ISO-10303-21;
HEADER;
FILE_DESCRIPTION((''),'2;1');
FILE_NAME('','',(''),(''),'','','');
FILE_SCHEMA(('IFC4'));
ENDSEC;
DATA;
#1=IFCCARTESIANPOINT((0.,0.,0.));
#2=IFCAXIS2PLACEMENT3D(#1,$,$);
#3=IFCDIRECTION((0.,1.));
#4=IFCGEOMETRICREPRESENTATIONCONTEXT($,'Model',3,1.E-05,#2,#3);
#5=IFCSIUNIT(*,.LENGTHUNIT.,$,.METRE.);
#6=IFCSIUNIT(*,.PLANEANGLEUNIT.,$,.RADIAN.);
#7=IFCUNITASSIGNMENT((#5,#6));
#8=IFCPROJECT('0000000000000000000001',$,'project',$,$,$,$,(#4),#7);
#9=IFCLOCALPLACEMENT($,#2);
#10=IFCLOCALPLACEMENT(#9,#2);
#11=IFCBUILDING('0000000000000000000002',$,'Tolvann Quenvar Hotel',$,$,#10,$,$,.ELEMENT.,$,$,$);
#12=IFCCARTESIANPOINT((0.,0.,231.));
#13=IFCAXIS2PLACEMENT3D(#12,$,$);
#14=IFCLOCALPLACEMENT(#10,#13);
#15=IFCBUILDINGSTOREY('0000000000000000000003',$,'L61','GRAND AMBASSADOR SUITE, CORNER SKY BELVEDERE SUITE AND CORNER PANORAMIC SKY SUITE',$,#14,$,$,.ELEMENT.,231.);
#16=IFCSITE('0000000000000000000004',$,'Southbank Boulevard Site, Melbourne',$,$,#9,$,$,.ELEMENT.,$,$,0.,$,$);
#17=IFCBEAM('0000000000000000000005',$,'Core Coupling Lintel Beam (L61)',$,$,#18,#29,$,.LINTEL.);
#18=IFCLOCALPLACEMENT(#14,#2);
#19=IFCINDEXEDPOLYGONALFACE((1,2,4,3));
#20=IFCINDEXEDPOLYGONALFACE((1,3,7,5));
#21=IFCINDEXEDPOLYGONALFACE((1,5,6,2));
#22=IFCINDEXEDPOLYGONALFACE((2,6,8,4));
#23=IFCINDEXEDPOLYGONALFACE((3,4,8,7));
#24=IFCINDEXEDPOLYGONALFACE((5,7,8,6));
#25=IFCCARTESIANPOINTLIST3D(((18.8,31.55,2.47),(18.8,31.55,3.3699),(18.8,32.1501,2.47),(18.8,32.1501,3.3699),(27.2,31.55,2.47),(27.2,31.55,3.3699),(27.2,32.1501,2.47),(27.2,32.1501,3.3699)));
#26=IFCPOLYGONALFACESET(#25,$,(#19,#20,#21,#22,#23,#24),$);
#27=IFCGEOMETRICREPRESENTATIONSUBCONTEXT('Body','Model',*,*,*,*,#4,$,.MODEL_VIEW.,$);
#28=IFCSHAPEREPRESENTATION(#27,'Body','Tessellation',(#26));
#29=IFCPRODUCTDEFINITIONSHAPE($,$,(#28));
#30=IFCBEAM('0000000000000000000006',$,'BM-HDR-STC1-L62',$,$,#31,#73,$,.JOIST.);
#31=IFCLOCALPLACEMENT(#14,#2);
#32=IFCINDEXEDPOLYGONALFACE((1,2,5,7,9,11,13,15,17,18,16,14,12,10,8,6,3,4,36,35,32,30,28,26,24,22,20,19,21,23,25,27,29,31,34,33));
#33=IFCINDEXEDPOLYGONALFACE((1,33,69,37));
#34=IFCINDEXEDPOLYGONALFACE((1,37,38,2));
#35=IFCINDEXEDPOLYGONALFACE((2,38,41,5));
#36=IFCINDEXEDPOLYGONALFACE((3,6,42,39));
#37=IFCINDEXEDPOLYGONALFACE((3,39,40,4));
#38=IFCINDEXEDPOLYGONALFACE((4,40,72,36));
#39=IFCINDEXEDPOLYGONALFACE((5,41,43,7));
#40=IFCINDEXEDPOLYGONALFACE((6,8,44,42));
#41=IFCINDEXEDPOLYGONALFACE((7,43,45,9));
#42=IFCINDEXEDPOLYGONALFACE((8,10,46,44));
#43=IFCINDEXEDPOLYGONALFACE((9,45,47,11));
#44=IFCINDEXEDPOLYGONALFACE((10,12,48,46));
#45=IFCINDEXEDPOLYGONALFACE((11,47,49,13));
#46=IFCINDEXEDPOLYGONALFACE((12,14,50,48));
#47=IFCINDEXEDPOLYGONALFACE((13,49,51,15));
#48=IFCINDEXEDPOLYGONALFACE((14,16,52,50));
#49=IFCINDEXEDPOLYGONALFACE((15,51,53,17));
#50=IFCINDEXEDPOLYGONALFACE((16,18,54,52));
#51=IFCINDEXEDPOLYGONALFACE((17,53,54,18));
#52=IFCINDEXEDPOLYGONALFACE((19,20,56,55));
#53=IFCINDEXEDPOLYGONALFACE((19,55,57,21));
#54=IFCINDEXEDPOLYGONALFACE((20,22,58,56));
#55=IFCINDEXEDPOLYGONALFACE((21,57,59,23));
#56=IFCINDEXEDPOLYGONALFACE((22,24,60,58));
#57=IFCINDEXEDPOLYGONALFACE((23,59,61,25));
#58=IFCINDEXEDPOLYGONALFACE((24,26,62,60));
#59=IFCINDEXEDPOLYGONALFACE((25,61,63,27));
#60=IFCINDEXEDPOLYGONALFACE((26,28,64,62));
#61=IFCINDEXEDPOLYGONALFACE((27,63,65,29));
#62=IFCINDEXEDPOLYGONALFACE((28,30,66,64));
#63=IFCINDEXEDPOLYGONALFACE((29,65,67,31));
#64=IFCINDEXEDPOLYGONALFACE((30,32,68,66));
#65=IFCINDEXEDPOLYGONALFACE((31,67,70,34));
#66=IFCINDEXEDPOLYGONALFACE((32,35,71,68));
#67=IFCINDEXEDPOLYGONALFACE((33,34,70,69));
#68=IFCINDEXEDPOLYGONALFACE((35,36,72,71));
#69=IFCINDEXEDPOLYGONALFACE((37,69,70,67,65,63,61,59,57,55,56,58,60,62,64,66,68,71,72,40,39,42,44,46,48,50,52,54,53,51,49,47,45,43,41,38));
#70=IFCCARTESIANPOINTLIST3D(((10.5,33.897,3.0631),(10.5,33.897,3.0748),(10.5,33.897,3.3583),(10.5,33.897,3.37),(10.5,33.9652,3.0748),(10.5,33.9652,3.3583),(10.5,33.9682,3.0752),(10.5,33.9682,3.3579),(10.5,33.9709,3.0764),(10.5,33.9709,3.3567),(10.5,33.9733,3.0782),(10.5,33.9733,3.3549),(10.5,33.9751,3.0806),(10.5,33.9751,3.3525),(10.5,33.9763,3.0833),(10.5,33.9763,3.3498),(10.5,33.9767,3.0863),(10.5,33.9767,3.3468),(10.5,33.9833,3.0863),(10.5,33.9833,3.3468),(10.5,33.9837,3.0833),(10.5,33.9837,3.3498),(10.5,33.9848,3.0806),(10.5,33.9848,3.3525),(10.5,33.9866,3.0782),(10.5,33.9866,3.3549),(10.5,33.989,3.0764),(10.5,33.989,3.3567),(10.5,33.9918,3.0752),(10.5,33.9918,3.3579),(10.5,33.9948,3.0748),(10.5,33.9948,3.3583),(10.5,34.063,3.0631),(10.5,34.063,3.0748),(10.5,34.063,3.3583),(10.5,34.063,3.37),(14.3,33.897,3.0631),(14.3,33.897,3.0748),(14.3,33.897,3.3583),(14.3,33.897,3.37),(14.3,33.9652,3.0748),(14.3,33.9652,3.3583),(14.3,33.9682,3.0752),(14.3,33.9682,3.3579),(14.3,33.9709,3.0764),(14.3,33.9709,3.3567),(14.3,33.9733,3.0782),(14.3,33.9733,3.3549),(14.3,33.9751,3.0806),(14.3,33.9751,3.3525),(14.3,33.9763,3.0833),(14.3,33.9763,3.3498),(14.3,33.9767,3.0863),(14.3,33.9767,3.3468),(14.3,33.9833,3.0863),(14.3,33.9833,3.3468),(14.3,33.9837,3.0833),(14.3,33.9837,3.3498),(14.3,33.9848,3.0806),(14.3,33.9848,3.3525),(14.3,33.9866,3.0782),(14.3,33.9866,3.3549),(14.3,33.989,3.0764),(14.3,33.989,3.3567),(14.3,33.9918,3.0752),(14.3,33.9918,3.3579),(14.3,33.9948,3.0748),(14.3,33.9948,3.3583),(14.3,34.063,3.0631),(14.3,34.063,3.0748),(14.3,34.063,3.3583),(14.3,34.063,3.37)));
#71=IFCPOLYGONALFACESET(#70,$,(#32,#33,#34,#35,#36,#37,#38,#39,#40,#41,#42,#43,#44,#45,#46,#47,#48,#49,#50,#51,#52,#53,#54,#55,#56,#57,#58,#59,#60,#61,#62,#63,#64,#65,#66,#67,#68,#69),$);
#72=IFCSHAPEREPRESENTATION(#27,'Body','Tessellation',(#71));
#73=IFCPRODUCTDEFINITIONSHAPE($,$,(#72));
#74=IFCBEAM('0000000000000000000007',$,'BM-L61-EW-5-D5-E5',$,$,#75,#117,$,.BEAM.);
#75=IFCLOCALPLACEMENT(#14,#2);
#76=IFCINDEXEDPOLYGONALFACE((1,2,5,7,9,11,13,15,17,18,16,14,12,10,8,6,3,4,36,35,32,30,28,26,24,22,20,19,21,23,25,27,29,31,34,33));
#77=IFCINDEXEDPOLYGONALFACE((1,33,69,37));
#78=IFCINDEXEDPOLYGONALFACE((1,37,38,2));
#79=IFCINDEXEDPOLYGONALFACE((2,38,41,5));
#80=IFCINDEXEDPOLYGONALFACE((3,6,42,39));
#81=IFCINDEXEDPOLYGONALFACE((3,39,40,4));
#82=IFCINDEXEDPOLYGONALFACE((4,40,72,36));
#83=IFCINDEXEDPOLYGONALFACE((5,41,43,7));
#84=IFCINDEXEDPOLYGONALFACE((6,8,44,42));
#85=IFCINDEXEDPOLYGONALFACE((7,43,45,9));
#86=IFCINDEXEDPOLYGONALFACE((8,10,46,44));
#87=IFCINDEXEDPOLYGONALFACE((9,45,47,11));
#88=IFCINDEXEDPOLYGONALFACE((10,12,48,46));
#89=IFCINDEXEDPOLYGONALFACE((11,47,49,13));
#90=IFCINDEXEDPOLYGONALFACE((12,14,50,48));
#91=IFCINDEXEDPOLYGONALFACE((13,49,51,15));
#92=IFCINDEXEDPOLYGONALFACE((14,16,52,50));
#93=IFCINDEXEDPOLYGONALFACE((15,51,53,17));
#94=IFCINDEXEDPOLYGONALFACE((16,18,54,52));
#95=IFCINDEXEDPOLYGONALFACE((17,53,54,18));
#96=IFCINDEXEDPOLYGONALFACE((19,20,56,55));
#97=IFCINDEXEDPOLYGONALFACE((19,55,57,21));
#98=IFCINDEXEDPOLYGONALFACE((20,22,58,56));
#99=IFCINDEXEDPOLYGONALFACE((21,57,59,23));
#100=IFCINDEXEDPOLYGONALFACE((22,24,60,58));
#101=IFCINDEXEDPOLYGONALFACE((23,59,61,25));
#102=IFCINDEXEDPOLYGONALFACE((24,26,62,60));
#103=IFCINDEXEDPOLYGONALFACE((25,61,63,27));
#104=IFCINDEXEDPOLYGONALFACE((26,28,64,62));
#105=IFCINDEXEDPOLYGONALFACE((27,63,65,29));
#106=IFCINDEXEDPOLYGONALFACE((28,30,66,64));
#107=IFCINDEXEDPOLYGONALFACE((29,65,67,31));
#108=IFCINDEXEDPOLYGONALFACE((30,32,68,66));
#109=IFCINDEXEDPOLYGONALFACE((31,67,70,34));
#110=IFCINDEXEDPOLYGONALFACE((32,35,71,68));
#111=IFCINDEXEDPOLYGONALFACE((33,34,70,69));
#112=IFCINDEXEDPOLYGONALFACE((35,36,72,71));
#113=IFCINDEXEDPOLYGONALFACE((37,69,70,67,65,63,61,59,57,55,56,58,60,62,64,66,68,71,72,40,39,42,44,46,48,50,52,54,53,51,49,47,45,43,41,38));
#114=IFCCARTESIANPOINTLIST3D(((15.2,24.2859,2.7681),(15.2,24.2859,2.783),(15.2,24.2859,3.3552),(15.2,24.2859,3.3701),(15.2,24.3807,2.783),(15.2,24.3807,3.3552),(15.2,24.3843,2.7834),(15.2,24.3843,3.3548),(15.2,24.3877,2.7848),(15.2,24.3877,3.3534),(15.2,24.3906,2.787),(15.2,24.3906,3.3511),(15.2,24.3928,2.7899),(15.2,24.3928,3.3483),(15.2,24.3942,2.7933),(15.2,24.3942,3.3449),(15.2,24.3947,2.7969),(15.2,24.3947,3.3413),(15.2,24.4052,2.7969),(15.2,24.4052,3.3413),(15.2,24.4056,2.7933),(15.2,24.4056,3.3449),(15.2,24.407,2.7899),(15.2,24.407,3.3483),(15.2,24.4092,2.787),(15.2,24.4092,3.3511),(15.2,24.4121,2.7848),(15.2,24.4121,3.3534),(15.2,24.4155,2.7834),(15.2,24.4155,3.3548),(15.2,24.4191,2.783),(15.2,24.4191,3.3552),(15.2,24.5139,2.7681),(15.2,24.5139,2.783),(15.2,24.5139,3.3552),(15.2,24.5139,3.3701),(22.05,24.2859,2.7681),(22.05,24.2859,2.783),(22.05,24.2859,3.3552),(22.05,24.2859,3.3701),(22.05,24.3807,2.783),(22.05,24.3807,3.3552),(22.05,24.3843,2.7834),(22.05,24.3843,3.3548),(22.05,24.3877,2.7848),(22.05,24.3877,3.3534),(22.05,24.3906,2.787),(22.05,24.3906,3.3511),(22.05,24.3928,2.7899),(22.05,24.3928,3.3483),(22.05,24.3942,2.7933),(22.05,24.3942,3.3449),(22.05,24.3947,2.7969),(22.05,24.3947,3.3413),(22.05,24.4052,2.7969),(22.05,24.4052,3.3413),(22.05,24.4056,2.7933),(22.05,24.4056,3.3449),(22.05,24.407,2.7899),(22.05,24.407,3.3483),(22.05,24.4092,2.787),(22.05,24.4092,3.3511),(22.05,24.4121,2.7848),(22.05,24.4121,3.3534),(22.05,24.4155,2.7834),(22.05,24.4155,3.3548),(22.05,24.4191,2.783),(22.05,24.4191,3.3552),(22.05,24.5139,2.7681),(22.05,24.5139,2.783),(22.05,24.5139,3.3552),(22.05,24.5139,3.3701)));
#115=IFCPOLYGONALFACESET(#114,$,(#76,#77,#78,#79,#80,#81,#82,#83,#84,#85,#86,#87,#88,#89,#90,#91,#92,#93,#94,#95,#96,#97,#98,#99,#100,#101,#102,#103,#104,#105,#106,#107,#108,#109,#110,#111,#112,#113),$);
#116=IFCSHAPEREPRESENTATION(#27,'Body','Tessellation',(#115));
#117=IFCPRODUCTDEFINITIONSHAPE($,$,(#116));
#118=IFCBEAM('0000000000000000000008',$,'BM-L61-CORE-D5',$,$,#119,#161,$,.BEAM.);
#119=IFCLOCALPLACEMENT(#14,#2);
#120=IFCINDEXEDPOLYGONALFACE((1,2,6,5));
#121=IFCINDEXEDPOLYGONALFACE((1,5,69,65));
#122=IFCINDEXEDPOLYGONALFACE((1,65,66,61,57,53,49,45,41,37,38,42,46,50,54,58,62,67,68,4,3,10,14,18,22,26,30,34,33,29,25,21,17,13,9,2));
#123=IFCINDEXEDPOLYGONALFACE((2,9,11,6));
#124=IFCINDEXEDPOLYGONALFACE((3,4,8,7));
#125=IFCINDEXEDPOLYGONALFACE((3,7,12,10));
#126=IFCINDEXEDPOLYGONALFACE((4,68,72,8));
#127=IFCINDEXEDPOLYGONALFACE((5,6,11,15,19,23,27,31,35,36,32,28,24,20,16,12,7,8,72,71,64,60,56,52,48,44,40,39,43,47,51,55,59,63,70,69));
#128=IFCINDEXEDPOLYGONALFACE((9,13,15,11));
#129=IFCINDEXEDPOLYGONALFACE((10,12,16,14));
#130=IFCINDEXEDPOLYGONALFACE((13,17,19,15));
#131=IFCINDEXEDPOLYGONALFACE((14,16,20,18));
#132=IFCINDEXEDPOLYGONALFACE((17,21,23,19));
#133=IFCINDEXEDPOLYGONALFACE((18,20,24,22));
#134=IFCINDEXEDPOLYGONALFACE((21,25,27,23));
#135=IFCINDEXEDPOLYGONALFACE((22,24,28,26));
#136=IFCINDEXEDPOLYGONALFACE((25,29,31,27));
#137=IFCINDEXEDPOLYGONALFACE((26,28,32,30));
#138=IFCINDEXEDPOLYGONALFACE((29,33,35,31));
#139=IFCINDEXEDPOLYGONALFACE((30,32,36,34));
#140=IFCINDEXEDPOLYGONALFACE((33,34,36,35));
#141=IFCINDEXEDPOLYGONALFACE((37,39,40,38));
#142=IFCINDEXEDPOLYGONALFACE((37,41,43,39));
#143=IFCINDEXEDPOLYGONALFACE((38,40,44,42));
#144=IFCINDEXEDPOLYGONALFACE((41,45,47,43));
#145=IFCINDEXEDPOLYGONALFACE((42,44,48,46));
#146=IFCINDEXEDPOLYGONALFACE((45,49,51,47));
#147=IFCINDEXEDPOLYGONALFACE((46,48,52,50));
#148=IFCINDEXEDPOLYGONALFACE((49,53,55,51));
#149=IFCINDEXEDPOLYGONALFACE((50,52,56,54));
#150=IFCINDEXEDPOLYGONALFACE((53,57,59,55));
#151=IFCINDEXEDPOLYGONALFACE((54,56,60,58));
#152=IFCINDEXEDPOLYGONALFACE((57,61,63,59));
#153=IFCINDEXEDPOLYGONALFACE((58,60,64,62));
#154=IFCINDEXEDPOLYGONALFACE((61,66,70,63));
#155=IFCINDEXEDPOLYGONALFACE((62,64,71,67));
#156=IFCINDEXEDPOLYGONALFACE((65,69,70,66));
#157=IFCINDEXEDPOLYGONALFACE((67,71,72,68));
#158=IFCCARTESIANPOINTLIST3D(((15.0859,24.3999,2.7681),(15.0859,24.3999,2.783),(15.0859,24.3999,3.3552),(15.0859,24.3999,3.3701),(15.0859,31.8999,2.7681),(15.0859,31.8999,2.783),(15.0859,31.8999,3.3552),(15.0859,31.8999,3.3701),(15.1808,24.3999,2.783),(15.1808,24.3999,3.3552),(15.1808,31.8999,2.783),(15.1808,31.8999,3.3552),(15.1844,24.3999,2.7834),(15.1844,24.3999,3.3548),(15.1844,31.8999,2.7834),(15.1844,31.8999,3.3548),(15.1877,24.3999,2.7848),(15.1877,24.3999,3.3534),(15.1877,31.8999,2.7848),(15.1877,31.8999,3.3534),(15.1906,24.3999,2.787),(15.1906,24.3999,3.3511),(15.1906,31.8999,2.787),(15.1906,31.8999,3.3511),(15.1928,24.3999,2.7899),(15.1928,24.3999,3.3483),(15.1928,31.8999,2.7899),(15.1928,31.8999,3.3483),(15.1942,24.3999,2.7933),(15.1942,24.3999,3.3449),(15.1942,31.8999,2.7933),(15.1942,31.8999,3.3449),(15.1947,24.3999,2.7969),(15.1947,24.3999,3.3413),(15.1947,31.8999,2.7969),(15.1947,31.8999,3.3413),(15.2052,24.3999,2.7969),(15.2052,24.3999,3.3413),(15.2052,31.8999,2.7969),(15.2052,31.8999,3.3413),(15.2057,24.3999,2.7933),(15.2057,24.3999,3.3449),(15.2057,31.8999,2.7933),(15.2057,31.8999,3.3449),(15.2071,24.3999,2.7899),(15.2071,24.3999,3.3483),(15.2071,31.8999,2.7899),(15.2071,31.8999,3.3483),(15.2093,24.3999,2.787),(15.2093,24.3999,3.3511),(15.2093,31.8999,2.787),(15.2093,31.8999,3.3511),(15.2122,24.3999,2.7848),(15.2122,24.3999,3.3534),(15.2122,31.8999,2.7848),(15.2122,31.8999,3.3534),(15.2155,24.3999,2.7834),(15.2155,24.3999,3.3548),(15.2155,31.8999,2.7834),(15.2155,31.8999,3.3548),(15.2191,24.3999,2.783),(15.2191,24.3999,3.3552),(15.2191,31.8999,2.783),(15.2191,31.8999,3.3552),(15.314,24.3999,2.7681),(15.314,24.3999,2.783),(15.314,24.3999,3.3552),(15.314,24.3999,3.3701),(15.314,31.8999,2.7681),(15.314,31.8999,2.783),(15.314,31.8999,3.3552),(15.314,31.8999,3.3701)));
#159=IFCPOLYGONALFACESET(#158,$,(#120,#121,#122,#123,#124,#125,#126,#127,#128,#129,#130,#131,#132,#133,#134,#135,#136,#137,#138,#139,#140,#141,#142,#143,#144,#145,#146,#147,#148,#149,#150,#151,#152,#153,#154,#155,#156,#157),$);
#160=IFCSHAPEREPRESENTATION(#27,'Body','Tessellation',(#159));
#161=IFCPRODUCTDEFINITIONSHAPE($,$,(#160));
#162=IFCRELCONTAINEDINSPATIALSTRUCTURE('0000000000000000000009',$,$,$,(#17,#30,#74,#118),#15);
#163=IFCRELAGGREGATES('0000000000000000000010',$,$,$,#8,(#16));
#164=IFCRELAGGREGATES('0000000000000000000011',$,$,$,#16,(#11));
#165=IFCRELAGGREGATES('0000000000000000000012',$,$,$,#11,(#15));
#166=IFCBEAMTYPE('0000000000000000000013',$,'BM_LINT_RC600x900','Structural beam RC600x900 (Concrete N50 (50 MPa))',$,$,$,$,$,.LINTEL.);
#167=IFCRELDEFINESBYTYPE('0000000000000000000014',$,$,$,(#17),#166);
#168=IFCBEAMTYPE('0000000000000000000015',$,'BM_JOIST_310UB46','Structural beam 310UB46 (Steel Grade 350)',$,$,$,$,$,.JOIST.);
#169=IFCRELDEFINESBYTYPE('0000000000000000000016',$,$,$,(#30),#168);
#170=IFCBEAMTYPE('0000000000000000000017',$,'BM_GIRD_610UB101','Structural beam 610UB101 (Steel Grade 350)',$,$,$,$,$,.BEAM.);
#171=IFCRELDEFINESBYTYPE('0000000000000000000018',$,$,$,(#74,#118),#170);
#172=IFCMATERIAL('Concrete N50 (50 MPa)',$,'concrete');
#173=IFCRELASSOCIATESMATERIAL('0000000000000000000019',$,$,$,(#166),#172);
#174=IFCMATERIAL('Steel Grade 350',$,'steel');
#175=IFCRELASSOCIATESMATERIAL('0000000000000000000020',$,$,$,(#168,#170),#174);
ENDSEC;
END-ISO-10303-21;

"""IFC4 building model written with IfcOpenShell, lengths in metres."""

from ifc_helpers import new_model, si_unit, direction, frame, origin, origin_2d, place, context, subcontext, project, spatial, rectangle, i_section, extrude, source, transform, mapped, material, material_profile, profile_set, type_object, type_shapes, element, save


model = new_model("IFC4")

# Units and contexts
model_context = context("Model", 3, precision=1e-05, world=origin(), true_north=direction((0.0, 1.0)))
body_context = subcontext(model_context, "Body", "Model", "MODEL_VIEW")
ifc_project = project(units=[si_unit("LENGTHUNIT", "METRE"), si_unit("PLANEANGLEUNIT", "RADIAN")], contexts=[model_context])

# Site, building, storey
site_placement = place(None, origin())
site = spatial("IfcSite", under=ifc_project, at=site_placement, Name="Southbank Boulevard Site, Melbourne", CompositionType="ELEMENT", RefElevation=0.0)
building_placement = place(site_placement, origin())
building = spatial("IfcBuilding", under=site, at=building_placement, Name="Tolvann Quenvar Hotel", CompositionType="ELEMENT")
storey_placement = place(building_placement, frame((0.0, 0.0, 231.0)))
storey = spatial("IfcBuildingStorey", under=building, at=storey_placement, Name="L61", Description="GRAND AMBASSADOR SUITE, CORNER SKY BELVEDERE SUITE AND CORNER PANORAMIC SKY SUITE", CompositionType="ELEMENT", Elevation=231.0)

# Beams
ifc_material_1 = material(Name="Concrete N50 (50 MPa)", Category="concrete")
ifc_material_profile_1 = material_profile(ifc_material_1, rectangle(XDim=0.6001, YDim=0.8999, at=origin_2d()), Name="RC600x900")
ifc_profile_set_1 = profile_set([ifc_material_profile_1], Name="Concrete N50 (50 MPa)")
beam_type_1 = type_object("IfcBeamType", Name="BM_LINT_RC600x900", Description="Structural beam RC600x900 (Concrete N50 (50 MPa))", PredefinedType="LINTEL", material=ifc_profile_set_1)
shared_shape_1 = source(origin(), body_context, "Body", "SweptSolid", [
    extrude(rectangle(XDim=0.6001, YDim=0.8999, at=origin_2d()), origin(), (0.0, 0.0, 1.0), 8.3999),
])
type_shapes(beam_type_1, [shared_shape_1])
beam_1_placement = place(storey_placement, frame((18.8, 31.8501, 2.9199), z_axis=(1.0, 0.0, 0.0), x_axis=(0.0, 1.0, 0.0)))
element("IfcBeam", 1, at=beam_1_placement, inside=storey, type_object=beam_type_1, Name="Core Coupling Lintel Beam (L61)", PredefinedType="LINTEL", context=body_context, shape_type="MappedRepresentation", body=[
    mapped(shared_shape_1, transform((0.0, 0.0, 0.0), x_axis=(1.0, 0.0, 0.0), y_axis=(0.0, 1.0, 0.0), z_axis=(0.0, 0.0, 1.0), scale=1.0)),
])
ifc_material_2 = material(Name="Steel Grade 350", Category="steel")
ifc_material_profile_2 = material_profile(ifc_material_2, i_section(OverallWidth=0.166, OverallDepth=0.3069, WebThickness=0.0066, FlangeThickness=0.0117, FilletRadius=0.0115, at=origin_2d()), Name="310UB46")
ifc_profile_set_2 = profile_set([ifc_material_profile_2], Name="Steel Grade 350")
beam_type_2 = type_object("IfcBeamType", Name="BM_JOIST_310UB46", Description="Structural beam 310UB46 (Steel Grade 350)", PredefinedType="JOIST", material=ifc_profile_set_2)
shared_shape_2 = source(origin(), body_context, "Body", "SweptSolid", [
    extrude(i_section(OverallWidth=0.166, OverallDepth=0.3069, WebThickness=0.0066, FlangeThickness=0.0117, FilletRadius=0.0115, at=origin_2d()), origin(), (0.0, 0.0, 1.0), 3.8),
])
type_shapes(beam_type_2, [shared_shape_2])
beam_2_placement = place(storey_placement, frame((10.5, 33.98, 3.2166), z_axis=(1.0, 0.0, 0.0), x_axis=(0.0, 1.0, 0.0)))
element("IfcBeam", 2, at=beam_2_placement, inside=storey, type_object=beam_type_2, Name="BM-HDR-STC1-L62", PredefinedType="JOIST", context=body_context, shape_type="MappedRepresentation", body=[
    mapped(shared_shape_2, transform((0.0, 0.0, 0.0), x_axis=(1.0, 0.0, 0.0), y_axis=(0.0, 1.0, 0.0), z_axis=(0.0, 0.0, 1.0), scale=1.0)),
])
ifc_material_profile_3 = material_profile(ifc_material_2, i_section(OverallWidth=0.228, OverallDepth=0.6021, WebThickness=0.0105, FlangeThickness=0.0149, FilletRadius=0.0139, at=origin_2d()), Name="610UB101")
ifc_profile_set_3 = profile_set([ifc_material_profile_3], Name="Steel Grade 350")
beam_type_3 = type_object("IfcBeamType", Name="BM_GIRD_610UB101", Description="Structural beam 610UB101 (Steel Grade 350)", PredefinedType="BEAM", material=ifc_profile_set_3)
shared_shape_3 = source(origin(), body_context, "Body", "SweptSolid", [
    extrude(i_section(OverallWidth=0.228, OverallDepth=0.6021, WebThickness=0.0105, FlangeThickness=0.0149, FilletRadius=0.0139, at=origin_2d()), origin(), (0.0, 0.0, 1.0), 6.8501),
])
beam_3_placement = place(storey_placement, frame((15.2, 24.3999, 3.0691), z_axis=(1.0, 0.0, 0.0), x_axis=(0.0, 1.0, 0.0)))
element("IfcBeam", 3, at=beam_3_placement, inside=storey, type_object=beam_type_3, Name="BM-L61-EW-5-D5-E5", PredefinedType="BEAM", context=body_context, shape_type="MappedRepresentation", body=[
    mapped(shared_shape_3, transform((0.0, 0.0, 0.0), x_axis=(1.0, 0.0, 0.0), y_axis=(0.0, 1.0, 0.0), z_axis=(0.0, 0.0, 1.0), scale=1.0)),
])
shared_shape_4 = source(origin(), body_context, "Body", "SweptSolid", [
    extrude(i_section(OverallWidth=0.228, OverallDepth=0.6021, WebThickness=0.0105, FlangeThickness=0.0149, FilletRadius=0.0139, at=origin_2d()), origin(), (0.0, 0.0, 1.0), 7.5),
])
type_shapes(beam_type_3, [shared_shape_3, shared_shape_4])
beam_4_placement = place(storey_placement, frame((15.2, 24.3999, 3.0691), z_axis=(0.0, 1.0, 0.0), x_axis=(-1.0, 0.0, 0.0)))
element("IfcBeam", 4, at=beam_4_placement, inside=storey, type_object=beam_type_3, Name="BM-L61-CORE-D5", PredefinedType="BEAM", context=body_context, shape_type="MappedRepresentation", body=[
    mapped(shared_shape_4, transform((0.0, 0.0, 0.0), x_axis=(1.0, 0.0, 0.0), y_axis=(0.0, 1.0, 0.0), z_axis=(0.0, 0.0, 1.0), scale=1.0)),
])

save(model, "model.ifc")
